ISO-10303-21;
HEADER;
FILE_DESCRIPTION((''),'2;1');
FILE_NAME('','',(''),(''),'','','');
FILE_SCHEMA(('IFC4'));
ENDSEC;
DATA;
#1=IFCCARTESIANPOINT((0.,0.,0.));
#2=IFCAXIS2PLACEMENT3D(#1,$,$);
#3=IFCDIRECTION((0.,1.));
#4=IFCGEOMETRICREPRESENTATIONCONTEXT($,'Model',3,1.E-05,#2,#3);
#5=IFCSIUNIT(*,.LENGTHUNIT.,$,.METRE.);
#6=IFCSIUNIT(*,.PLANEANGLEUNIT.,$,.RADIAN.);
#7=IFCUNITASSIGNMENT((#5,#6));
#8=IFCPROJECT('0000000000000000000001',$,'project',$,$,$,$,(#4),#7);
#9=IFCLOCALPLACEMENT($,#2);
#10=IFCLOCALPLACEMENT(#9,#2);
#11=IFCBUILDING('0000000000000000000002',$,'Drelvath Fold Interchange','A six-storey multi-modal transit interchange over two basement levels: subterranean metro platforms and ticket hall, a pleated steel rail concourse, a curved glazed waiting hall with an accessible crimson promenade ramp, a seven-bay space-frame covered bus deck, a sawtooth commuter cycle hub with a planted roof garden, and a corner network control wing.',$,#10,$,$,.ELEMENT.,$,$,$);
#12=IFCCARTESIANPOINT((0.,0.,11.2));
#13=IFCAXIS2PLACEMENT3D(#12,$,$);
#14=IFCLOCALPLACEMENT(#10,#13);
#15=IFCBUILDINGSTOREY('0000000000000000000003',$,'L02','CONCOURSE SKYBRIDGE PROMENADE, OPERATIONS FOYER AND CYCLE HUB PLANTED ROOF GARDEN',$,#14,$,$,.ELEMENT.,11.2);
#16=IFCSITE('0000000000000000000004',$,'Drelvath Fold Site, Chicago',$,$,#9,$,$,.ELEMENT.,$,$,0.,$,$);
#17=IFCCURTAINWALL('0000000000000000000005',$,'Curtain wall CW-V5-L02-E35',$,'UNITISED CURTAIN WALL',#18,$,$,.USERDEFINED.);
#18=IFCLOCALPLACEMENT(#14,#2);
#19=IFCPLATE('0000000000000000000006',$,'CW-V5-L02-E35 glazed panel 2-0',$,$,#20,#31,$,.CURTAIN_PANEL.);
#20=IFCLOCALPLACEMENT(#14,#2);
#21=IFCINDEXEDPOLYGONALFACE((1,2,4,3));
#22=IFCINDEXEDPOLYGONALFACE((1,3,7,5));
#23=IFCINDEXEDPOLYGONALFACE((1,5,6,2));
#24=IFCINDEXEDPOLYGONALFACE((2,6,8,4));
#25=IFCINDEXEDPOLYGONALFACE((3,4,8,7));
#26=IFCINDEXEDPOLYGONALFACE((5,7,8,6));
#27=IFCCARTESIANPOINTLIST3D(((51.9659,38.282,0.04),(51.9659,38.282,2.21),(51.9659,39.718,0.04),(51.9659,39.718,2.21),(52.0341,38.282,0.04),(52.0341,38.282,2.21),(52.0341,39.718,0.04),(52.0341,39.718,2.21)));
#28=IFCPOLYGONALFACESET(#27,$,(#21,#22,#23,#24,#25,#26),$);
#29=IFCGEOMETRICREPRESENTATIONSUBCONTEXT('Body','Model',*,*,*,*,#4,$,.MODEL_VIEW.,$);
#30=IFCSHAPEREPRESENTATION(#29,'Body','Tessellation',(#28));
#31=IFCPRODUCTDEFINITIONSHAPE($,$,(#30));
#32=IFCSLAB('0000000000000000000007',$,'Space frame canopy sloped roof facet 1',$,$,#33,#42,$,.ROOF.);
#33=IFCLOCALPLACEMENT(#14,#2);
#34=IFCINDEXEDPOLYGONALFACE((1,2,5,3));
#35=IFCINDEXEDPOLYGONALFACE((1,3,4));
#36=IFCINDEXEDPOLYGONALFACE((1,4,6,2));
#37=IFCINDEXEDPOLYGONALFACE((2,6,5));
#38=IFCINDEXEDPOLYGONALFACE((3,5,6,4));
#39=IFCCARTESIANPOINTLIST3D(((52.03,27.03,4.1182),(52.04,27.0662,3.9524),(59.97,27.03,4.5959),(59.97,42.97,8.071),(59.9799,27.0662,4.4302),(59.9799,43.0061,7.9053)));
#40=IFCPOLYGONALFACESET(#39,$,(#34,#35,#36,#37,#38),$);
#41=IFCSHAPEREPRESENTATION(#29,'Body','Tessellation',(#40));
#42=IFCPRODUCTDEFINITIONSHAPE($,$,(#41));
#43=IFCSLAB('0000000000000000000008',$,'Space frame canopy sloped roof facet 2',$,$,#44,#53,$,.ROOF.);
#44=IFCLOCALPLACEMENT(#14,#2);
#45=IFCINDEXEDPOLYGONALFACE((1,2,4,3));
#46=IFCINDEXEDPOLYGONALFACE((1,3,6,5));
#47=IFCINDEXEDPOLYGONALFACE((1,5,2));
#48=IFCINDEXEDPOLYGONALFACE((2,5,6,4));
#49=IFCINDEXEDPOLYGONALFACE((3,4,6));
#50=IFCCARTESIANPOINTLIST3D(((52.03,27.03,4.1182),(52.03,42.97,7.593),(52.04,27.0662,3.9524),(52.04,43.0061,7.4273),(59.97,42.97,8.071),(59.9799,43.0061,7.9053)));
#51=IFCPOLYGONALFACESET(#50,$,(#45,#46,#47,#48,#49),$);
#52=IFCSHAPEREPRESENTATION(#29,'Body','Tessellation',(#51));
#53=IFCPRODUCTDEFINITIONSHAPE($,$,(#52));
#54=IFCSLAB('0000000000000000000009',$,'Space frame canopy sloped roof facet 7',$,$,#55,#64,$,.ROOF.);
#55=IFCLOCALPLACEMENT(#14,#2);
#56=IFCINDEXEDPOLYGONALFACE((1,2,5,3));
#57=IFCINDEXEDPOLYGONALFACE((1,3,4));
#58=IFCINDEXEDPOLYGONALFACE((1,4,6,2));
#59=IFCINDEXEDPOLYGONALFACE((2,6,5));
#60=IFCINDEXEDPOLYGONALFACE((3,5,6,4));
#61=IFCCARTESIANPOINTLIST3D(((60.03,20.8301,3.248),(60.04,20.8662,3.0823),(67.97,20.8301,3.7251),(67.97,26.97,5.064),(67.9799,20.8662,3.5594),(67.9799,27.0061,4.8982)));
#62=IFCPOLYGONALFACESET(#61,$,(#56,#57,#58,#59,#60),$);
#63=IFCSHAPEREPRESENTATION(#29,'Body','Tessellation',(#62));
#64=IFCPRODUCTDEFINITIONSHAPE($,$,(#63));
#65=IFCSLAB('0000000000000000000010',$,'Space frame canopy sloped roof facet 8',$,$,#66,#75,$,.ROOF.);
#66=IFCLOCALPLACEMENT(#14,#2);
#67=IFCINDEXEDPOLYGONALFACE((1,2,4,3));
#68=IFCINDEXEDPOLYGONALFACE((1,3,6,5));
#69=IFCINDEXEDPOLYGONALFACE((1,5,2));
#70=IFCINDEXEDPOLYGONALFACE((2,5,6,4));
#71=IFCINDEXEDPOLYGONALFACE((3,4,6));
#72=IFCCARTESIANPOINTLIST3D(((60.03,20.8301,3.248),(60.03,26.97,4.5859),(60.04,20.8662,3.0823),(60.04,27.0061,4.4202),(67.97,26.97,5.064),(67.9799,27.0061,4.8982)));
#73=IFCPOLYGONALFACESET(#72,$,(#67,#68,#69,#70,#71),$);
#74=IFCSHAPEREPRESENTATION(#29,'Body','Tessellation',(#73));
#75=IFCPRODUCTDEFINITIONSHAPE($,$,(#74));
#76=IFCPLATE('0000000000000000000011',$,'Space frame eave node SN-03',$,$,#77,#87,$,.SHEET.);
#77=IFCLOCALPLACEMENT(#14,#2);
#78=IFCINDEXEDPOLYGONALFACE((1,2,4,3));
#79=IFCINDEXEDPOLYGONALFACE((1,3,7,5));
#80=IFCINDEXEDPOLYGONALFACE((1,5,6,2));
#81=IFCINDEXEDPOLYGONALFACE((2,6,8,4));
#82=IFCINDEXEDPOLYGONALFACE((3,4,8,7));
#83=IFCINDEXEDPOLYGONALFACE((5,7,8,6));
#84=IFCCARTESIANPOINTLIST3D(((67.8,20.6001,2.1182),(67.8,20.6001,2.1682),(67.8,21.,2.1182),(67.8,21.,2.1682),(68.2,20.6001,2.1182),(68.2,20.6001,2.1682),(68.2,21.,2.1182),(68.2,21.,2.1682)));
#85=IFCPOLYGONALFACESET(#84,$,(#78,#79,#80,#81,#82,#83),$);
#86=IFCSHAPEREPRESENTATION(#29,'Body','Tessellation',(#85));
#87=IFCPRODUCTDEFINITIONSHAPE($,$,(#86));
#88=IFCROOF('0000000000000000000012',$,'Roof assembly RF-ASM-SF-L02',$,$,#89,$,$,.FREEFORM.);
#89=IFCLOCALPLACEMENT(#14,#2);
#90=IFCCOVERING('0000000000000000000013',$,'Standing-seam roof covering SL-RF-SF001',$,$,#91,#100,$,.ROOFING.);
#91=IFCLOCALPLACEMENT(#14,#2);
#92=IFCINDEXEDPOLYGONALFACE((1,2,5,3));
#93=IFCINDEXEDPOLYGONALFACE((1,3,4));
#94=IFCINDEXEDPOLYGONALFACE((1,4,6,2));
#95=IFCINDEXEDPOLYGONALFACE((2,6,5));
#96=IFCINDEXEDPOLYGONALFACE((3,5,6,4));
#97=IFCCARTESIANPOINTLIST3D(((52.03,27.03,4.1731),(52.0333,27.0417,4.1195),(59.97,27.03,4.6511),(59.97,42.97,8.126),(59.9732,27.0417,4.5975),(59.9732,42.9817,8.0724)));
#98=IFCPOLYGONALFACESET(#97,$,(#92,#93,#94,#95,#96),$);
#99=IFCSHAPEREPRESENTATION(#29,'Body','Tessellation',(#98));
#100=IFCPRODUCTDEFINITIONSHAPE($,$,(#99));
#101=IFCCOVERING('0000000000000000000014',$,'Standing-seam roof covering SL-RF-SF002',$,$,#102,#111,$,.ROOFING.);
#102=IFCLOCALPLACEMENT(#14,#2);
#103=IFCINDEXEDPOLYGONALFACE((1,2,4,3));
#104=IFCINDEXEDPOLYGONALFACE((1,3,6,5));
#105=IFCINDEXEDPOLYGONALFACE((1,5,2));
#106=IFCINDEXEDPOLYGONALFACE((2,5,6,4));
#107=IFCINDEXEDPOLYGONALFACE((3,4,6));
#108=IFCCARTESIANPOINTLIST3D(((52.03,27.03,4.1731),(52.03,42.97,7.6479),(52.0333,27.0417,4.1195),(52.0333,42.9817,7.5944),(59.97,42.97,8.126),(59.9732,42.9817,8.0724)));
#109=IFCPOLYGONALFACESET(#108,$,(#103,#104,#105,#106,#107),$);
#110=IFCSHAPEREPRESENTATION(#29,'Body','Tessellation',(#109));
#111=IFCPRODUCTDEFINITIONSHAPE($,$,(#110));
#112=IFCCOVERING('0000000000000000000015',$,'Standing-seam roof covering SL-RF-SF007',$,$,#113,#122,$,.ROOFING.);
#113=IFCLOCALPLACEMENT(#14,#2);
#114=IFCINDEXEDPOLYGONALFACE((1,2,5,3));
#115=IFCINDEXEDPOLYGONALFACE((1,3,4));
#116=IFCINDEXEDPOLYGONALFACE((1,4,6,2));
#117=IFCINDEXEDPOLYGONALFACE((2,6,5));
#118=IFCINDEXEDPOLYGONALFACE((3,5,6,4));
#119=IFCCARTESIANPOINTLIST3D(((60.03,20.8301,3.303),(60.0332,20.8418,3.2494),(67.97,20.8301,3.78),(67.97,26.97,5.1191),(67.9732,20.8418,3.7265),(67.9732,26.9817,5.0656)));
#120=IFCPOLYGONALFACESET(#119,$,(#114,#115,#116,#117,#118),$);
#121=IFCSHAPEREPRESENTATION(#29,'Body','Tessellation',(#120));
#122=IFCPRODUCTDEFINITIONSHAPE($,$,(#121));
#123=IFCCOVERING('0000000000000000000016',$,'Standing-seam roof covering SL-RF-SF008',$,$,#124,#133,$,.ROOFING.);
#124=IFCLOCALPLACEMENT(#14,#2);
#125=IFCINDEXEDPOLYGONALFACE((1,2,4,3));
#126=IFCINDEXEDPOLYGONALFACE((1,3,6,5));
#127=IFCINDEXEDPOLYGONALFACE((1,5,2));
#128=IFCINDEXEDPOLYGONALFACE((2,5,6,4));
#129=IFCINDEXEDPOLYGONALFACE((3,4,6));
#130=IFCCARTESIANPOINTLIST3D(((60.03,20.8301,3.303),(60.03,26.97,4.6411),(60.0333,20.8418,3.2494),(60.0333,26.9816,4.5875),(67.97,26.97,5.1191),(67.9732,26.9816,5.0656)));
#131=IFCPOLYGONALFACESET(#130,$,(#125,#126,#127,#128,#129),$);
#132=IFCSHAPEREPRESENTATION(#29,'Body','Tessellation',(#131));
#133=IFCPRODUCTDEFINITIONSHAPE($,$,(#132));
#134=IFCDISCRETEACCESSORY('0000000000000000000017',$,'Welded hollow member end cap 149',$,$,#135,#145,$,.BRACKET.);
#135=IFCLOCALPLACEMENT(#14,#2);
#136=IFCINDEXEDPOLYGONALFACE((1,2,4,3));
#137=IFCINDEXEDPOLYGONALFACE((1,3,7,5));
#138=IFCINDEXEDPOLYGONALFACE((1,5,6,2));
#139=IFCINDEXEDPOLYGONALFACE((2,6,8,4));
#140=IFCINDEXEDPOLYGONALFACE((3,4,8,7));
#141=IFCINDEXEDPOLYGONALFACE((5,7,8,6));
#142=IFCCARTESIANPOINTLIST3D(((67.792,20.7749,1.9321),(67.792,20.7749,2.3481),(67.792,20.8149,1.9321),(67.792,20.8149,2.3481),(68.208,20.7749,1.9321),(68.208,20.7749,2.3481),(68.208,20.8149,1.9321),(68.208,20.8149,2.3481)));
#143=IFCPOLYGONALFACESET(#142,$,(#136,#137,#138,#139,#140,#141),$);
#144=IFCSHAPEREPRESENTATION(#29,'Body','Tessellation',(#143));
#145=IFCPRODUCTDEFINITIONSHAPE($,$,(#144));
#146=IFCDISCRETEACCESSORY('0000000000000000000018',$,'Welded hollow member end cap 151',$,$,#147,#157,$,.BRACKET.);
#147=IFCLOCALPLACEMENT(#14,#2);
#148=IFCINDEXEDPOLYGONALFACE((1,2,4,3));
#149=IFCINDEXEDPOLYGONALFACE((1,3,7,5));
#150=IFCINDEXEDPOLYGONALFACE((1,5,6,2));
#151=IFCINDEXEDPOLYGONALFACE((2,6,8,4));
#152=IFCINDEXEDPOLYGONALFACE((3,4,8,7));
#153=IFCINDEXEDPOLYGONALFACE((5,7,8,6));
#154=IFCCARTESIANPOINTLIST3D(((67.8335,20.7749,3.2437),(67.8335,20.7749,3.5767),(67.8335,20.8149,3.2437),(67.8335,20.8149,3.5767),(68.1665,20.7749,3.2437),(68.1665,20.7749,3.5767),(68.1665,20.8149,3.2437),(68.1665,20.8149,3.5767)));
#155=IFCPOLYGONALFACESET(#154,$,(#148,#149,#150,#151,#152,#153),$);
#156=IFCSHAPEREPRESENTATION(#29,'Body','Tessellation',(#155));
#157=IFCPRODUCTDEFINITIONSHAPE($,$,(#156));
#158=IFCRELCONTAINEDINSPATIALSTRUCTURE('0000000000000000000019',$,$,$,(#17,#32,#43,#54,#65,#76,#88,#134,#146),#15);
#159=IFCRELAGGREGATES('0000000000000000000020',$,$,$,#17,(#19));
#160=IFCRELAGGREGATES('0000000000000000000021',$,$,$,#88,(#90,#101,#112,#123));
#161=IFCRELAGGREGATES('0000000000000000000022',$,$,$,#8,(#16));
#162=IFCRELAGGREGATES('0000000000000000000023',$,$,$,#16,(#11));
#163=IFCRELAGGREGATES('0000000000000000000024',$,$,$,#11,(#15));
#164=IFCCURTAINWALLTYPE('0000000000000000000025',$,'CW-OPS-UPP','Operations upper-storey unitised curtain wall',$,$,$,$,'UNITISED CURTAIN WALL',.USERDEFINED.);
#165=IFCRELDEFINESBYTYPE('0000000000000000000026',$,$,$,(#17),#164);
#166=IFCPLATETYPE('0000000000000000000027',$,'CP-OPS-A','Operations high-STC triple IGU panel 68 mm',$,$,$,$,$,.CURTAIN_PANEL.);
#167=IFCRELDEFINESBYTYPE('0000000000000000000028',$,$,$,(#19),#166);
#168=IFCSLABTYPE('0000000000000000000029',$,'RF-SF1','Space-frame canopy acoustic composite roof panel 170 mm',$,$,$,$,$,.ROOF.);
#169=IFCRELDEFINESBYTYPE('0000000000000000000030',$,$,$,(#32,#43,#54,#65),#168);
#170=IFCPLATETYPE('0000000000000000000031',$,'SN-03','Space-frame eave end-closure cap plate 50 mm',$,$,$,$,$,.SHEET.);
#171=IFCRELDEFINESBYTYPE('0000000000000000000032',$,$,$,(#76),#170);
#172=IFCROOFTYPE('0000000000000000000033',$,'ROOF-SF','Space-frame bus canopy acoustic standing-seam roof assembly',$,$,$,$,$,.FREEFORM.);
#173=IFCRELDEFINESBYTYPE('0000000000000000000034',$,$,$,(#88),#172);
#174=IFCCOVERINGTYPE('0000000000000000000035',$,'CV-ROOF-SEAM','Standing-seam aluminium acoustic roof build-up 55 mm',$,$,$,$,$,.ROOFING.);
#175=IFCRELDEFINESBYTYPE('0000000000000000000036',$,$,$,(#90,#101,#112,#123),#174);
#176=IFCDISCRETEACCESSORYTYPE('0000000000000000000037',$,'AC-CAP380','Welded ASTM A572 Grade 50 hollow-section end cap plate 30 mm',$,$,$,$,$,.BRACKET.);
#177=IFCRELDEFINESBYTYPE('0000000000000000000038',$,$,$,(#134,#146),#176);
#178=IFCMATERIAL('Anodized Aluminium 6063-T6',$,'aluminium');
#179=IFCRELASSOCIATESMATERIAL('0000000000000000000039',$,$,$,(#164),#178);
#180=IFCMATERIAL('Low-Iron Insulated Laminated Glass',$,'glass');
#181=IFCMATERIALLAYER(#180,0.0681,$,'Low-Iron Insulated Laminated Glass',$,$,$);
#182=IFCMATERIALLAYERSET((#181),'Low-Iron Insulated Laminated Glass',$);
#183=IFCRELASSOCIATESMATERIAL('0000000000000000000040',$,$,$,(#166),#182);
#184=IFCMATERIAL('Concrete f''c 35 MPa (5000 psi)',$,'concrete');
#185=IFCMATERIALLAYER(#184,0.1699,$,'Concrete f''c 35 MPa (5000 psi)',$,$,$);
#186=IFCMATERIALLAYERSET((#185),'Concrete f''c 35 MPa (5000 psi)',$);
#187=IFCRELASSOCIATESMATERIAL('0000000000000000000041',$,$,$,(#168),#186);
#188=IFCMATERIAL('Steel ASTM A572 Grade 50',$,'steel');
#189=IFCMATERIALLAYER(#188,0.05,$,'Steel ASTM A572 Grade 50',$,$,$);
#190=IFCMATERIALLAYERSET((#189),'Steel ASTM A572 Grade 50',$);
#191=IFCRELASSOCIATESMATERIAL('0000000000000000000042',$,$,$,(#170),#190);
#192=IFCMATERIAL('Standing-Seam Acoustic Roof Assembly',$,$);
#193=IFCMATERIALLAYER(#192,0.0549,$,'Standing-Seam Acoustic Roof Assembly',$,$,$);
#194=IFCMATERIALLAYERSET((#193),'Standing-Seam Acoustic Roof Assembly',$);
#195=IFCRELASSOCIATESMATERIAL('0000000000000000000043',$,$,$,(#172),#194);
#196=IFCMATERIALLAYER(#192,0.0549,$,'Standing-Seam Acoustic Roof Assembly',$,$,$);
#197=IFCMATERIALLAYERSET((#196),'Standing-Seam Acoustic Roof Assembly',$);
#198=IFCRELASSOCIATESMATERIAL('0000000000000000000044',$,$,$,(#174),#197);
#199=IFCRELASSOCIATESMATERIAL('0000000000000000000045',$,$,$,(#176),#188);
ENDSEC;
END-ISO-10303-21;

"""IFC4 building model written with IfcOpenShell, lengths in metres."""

from ifc_helpers import new_model, si_unit, direction, frame, origin, origin_2d, place, context, subcontext, project, spatial, polyline, rectangle, outline, extrude, material, layer, layer_set, type_object, element, aggregate, save


model = new_model("IFC4")

# Units and contexts
model_context = context("Model", 3, precision=1e-05, world=origin(), true_north=direction((0.0, 1.0)))
body_context = subcontext(model_context, "Body", "Model", "MODEL_VIEW")
ifc_project = project(units=[si_unit("LENGTHUNIT", "METRE"), si_unit("PLANEANGLEUNIT", "RADIAN")], contexts=[model_context])

# Site, building, storey
site_placement = place(None, origin())
site = spatial("IfcSite", under=ifc_project, at=site_placement, Name="Drelvath Fold Site, Chicago", CompositionType="ELEMENT", RefElevation=0.0)
building_placement = place(site_placement, origin())
building = spatial("IfcBuilding", under=site, at=building_placement, Name="Drelvath Fold Interchange", Description="A six-storey multi-modal transit interchange over two basement levels: subterranean metro platforms and ticket hall, a pleated steel rail concourse, a curved glazed waiting hall with an accessible crimson promenade ramp, a seven-bay space-frame covered bus deck, a sawtooth commuter cycle hub with a planted roof garden, and a corner network control wing.", CompositionType="ELEMENT")
storey_placement = place(building_placement, frame((0.0, 0.0, 11.2)))
storey = spatial("IfcBuildingStorey", under=building, at=storey_placement, Name="L02", Description="CONCOURSE SKYBRIDGE PROMENADE, OPERATIONS FOYER AND CYCLE HUB PLANTED ROOF GARDEN", CompositionType="ELEMENT", Elevation=11.2)

# Curtain wall
ifc_material_1 = material(Name="Anodized Aluminium 6063-T6", Category="aluminium")
curtain_wall_type = type_object("IfcCurtainWallType", Name="CW-OPS-UPP", Description="Operations upper-storey unitised curtain wall", ElementType="UNITISED CURTAIN WALL", PredefinedType="USERDEFINED", material=ifc_material_1)
curtain_wall_placement = place(storey_placement, origin())
curtain_wall = element("IfcCurtainWall", 1, at=curtain_wall_placement, inside=storey, type_object=curtain_wall_type, Name="Curtain wall CW-V5-L02-E35", ObjectType="UNITISED CURTAIN WALL", PredefinedType="USERDEFINED")

# Plate
ifc_material_2 = material(Name="Low-Iron Insulated Laminated Glass", Category="glass")
ifc_layer_1 = layer(ifc_material_2, 0.0681, Name="Low-Iron Insulated Laminated Glass")
ifc_layer_set_1 = layer_set([ifc_layer_1], Name="Low-Iron Insulated Laminated Glass")
plate_type_1 = type_object("IfcPlateType", Name="CP-OPS-A", Description="Operations high-STC triple IGU panel 68 mm", PredefinedType="CURTAIN_PANEL", material=ifc_layer_set_1)
plate_1_placement = place(storey_placement, frame((52.0, 39.0, 0.04), z_axis=(0.0, 0.0, 1.0), x_axis=(0.0, 1.0, 0.0)))
plate_1 = element("IfcPlate", 2, at=plate_1_placement, type_object=plate_type_1, Name="CW-V5-L02-E35 glazed panel 2-0", PredefinedType="CURTAIN_PANEL", context=body_context, shape_type="SweptSolid", body=[
    extrude(rectangle(XDim=1.436, YDim=0.0681, at=origin_2d()), origin(), (0.0, 0.0, 1.0), 2.1699),
])
aggregate(curtain_wall, [plate_1])

# Slabs
ifc_material_3 = material(Name="Concrete f'c 35 MPa (5000 psi)", Category="concrete")
ifc_layer_2 = layer(ifc_material_3, 0.1699, Name="Concrete f'c 35 MPa (5000 psi)")
ifc_layer_set_2 = layer_set([ifc_layer_2], Name="Concrete f'c 35 MPa (5000 psi)")
slab_type = type_object("IfcSlabType", Name="RF-SF1", Description="Space-frame canopy acoustic composite roof panel 170 mm", PredefinedType="ROOF", material=ifc_layer_set_2)
slab_1_placement = place(storey_placement, frame((52.03, 27.03, 4.1182), z_axis=(-0.058692, -0.212641, 0.975366), x_axis=(0.998194, 0.0, 0.060066)))
element("IfcSlab", 3, at=slab_1_placement, inside=storey, type_object=slab_type, Name="Space frame canopy sloped roof facet 1", PredefinedType="ROOF", context=body_context, shape_type="SweptSolid", body=[
    extrude(outline(polyline([(0.0, 0.0), (7.9543, 0.0), (8.163, 16.313), (0.0, 0.0)])), origin(), (0.0, 0.0, -1.0), 0.1699),
])
slab_2_placement = place(storey_placement, frame((52.03, 27.03, 4.1182), z_axis=(-0.058722, -0.212627, 0.975367), x_axis=(0.43527, 0.873832, 0.216698)))
element("IfcSlab", 4, at=slab_2_placement, inside=storey, type_object=slab_type, Name="Space frame canopy sloped roof facet 2", PredefinedType="ROOF", context=body_context, shape_type="SweptSolid", body=[
    extrude(outline(polyline([(0.0, 0.0), (18.2414, 0.0), (14.6818, 7.1134), (0.0, 0.0)])), origin(), (0.0, 0.0, -1.0), 0.1699),
])
slab_3_placement = place(storey_placement, frame((60.03, 20.8301, 3.248), z_axis=(-0.058602, -0.212688, 0.975361), x_axis=(0.9982, 0.0, 0.059974)))
element("IfcSlab", 5, at=slab_3_placement, inside=storey, type_object=slab_type, Name="Space frame canopy sloped roof facet 7", PredefinedType="ROOF", context=body_context, shape_type="SweptSolid", body=[
    extrude(outline(polyline([(0.0, 0.0), (7.9543, 0.0), (8.0346, 6.2837), (0.0, 0.0)])), origin(), (0.0, 0.0, -1.0), 0.1699),
])
slab_4_placement = place(storey_placement, frame((60.03, 20.8301, 3.248), z_axis=(-0.058724, -0.212538, 0.975387), x_axis=(0.778431, 0.601955, 0.178032)))
element("IfcSlab", 6, at=slab_4_placement, inside=storey, type_object=slab_type, Name="Space frame canopy sloped roof facet 8", PredefinedType="ROOF", context=body_context, shape_type="SweptSolid", body=[
    extrude(outline(polyline([(0.0, 0.0), (10.1999, 0.0), (3.9341, 4.9001), (0.0, 0.0)])), origin(), (0.0, 0.0, -1.0), 0.1699),
])

# Plate
ifc_material_4 = material(Name="Steel ASTM A572 Grade 50", Category="steel")
ifc_layer_3 = layer(ifc_material_4, 0.05, Name="Steel ASTM A572 Grade 50")
ifc_layer_set_3 = layer_set([ifc_layer_3], Name="Steel ASTM A572 Grade 50")
plate_type_2 = type_object("IfcPlateType", Name="SN-03", Description="Space-frame eave end-closure cap plate 50 mm", PredefinedType="SHEET", material=ifc_layer_set_3)
plate_2_placement = place(storey_placement, frame((68.0, 20.8, 2.1182), z_axis=(0.0, 0.0, 1.0), x_axis=(1.0, 0.0, 0.0)))
element("IfcPlate", 7, at=plate_2_placement, inside=storey, type_object=plate_type_2, Name="Space frame eave node SN-03", PredefinedType="SHEET", context=body_context, shape_type="SweptSolid", body=[
    extrude(rectangle(XDim=0.3999, YDim=0.3999, at=origin_2d()), origin(), (0.0, 0.0, 1.0), 0.05),
])

# Roof, coverings
ifc_material_5 = material(Name="Standing-Seam Acoustic Roof Assembly")
ifc_layer_4 = layer(ifc_material_5, 0.0549, Name="Standing-Seam Acoustic Roof Assembly")
ifc_layer_set_4 = layer_set([ifc_layer_4], Name="Standing-Seam Acoustic Roof Assembly")
roof_type = type_object("IfcRoofType", Name="ROOF-SF", Description="Space-frame bus canopy acoustic standing-seam roof assembly", PredefinedType="FREEFORM", material=ifc_layer_set_4)
roof_placement = place(storey_placement, origin())
roof = element("IfcRoof", 8, at=roof_placement, inside=storey, type_object=roof_type, Name="Roof assembly RF-ASM-SF-L02", PredefinedType="FREEFORM")
ifc_layer_5 = layer(ifc_material_5, 0.0549, Name="Standing-Seam Acoustic Roof Assembly")
ifc_layer_set_5 = layer_set([ifc_layer_5], Name="Standing-Seam Acoustic Roof Assembly")
covering_type = type_object("IfcCoveringType", Name="CV-ROOF-SEAM", Description="Standing-seam aluminium acoustic roof build-up 55 mm", PredefinedType="ROOFING", material=ifc_layer_set_5)
covering_1_placement = place(storey_placement, frame((52.03, 27.03, 4.1731), z_axis=(-0.058722, -0.212627, 0.975367), x_axis=(0.998193, 0.0, 0.060097)))
covering_1 = element("IfcCovering", 9, at=covering_1_placement, type_object=covering_type, Name="Standing-seam roof covering SL-RF-SF001", PredefinedType="ROOFING", context=body_context, shape_type="SweptSolid", body=[
    extrude(outline(polyline([(0.0, 0.0), (7.9543, 0.0), (8.1631, 16.313), (0.0, 0.0)])), origin(), (0.0, 0.0, -1.0), 0.0549),
])
covering_2_placement = place(storey_placement, frame((52.03, 27.03, 4.1731), z_axis=(-0.058722, -0.212627, 0.975367), x_axis=(0.43527, 0.873832, 0.216698)))
covering_2 = element("IfcCovering", 10, at=covering_2_placement, type_object=covering_type, Name="Standing-seam roof covering SL-RF-SF002", PredefinedType="ROOFING", context=body_context, shape_type="SweptSolid", body=[
    extrude(outline(polyline([(0.0, 0.0), (18.2414, 0.0), (14.6818, 7.1134), (0.0, 0.0)])), origin(), (0.0, 0.0, -1.0), 0.0549),
])
covering_3_placement = place(storey_placement, frame((60.03, 20.8301, 3.303), z_axis=(-0.058602, -0.212725, 0.975353), x_axis=(0.9982, 0.0, 0.059974)))
covering_3 = element("IfcCovering", 11, at=covering_3_placement, type_object=covering_type, Name="Standing-seam roof covering SL-RF-SF007", PredefinedType="ROOFING", context=body_context, shape_type="SweptSolid", body=[
    extrude(outline(polyline([(0.0, 0.0), (7.9543, 0.0), (8.0346, 6.2837), (0.0, 0.0)])), origin(), (0.0, 0.0, -1.0), 0.0549),
])
covering_4_placement = place(storey_placement, frame((60.03, 20.8301, 3.303), z_axis=(-0.058723, -0.212575, 0.975379), x_axis=(0.778428, 0.601952, 0.178056)))
covering_4 = element("IfcCovering", 12, at=covering_4_placement, type_object=covering_type, Name="Standing-seam roof covering SL-RF-SF008", PredefinedType="ROOFING", context=body_context, shape_type="SweptSolid", body=[
    extrude(outline(polyline([(0.0, 0.0), (10.2, 0.0), (3.9342, 4.9001), (0.0, 0.0)])), origin(), (0.0, 0.0, -1.0), 0.0549),
])
aggregate(roof, [covering_1, covering_2, covering_3, covering_4])

# Discrete accessories
discrete_accessory_type = type_object("IfcDiscreteAccessoryType", Name="AC-CAP380", Description="Welded ASTM A572 Grade 50 hollow-section end cap plate 30 mm", PredefinedType="BRACKET", material=ifc_material_4)
discrete_accessory_1_placement = place(storey_placement, frame((68.0, 20.7949, 1.9321), z_axis=(0.0, 0.0, 1.0), x_axis=(1.0, 0.0, 0.0)))
element("IfcDiscreteAccessory", 13, at=discrete_accessory_1_placement, inside=storey, type_object=discrete_accessory_type, Name="Welded hollow member end cap 149", PredefinedType="BRACKET", context=body_context, shape_type="SweptSolid", body=[
    extrude(rectangle(XDim=0.416, YDim=0.04, at=origin_2d()), origin(), (0.0, 0.0, 1.0), 0.416),
])
discrete_accessory_2_placement = place(storey_placement, frame((68.0, 20.7949, 3.2437), z_axis=(0.0, 0.0, 1.0), x_axis=(1.0, 0.0, 0.0)))
element("IfcDiscreteAccessory", 14, at=discrete_accessory_2_placement, inside=storey, type_object=discrete_accessory_type, Name="Welded hollow member end cap 151", PredefinedType="BRACKET", context=body_context, shape_type="SweptSolid", body=[
    extrude(rectangle(XDim=0.333, YDim=0.04, at=origin_2d()), origin(), (0.0, 0.0, 1.0), 0.333),
])

save(model, "model.ifc")
